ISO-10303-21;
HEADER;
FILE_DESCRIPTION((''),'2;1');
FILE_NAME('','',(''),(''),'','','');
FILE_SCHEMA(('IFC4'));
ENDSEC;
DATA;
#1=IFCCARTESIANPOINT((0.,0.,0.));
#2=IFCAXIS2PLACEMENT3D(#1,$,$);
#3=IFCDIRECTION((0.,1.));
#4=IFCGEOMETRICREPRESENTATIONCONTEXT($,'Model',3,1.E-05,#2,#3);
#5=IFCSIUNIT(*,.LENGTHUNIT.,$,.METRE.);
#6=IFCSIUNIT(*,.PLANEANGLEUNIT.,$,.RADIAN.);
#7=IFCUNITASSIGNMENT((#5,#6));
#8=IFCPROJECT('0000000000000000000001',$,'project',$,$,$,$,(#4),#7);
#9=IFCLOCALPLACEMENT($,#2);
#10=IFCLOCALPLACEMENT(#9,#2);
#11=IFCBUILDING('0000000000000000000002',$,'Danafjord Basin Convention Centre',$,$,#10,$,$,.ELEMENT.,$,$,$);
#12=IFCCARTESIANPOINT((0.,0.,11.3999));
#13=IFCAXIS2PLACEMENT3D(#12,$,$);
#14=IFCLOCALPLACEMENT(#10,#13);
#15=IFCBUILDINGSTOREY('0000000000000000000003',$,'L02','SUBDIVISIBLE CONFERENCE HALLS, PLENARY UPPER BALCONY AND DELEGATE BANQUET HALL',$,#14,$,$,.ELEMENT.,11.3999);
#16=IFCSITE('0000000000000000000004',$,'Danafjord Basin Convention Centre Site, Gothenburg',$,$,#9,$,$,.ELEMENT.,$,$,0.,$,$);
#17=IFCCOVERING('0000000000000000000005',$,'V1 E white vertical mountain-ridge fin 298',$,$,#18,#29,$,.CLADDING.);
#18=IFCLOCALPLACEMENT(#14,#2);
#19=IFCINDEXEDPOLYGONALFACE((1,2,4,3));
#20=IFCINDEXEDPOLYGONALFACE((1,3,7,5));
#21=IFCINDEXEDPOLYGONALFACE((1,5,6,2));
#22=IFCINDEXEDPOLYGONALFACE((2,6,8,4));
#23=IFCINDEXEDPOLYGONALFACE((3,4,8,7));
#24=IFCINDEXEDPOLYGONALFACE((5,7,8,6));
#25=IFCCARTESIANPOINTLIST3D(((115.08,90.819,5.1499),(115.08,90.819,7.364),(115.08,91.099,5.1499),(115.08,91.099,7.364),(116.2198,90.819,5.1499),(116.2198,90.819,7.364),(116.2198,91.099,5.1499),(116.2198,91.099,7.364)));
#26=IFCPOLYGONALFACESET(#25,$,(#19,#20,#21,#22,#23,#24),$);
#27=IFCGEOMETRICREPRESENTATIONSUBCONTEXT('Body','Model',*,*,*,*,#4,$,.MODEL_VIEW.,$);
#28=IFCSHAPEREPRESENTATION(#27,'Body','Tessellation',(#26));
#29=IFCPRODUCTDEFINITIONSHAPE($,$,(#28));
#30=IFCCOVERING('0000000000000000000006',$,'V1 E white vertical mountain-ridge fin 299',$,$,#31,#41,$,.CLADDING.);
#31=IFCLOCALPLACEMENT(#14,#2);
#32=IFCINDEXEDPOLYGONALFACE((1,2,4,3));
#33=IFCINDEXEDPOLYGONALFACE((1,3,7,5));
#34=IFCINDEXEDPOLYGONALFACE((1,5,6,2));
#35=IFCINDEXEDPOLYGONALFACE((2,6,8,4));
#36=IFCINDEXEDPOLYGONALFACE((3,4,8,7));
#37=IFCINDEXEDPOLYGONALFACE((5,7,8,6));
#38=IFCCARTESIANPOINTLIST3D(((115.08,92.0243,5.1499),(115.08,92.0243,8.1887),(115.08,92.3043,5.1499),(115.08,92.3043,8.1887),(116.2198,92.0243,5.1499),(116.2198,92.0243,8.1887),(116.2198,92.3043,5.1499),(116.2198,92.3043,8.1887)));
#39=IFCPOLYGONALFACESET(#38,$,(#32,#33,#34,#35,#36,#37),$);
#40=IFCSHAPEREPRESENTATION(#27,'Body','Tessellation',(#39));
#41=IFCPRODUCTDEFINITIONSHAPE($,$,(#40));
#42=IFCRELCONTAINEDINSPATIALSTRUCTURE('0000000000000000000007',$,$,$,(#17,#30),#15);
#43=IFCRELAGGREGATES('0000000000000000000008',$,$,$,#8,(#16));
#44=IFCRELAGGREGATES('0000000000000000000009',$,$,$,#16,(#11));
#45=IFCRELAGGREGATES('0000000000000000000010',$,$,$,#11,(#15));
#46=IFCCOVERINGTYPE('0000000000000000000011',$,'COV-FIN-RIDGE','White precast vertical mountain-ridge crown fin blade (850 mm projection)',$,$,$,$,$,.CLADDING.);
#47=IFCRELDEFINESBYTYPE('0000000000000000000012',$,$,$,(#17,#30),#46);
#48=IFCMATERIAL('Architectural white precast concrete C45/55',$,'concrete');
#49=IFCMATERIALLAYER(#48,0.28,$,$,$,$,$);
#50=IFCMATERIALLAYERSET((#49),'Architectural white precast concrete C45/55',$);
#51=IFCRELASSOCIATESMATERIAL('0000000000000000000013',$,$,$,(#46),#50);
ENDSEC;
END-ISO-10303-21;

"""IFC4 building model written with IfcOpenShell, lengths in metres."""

from ifc_helpers import new_model, si_unit, direction, frame, origin, origin_2d, place, context, subcontext, project, spatial, rectangle, extrude, material, layer, layer_set, type_object, element, save


model = new_model("IFC4")

# Units and contexts
model_context = context("Model", 3, precision=1e-05, world=origin(), true_north=direction((0.0, 1.0)))
body_context = subcontext(model_context, "Body", "Model", "MODEL_VIEW")
ifc_project = project(units=[si_unit("LENGTHUNIT", "METRE"), si_unit("PLANEANGLEUNIT", "RADIAN")], contexts=[model_context])

# Site, building, storey
site_placement = place(None, origin())
site = spatial("IfcSite", under=ifc_project, at=site_placement, Name="Danafjord Basin Convention Centre Site, Gothenburg", CompositionType="ELEMENT", RefElevation=0.0)
building_placement = place(site_placement, origin())
building = spatial("IfcBuilding", under=site, at=building_placement, Name="Danafjord Basin Convention Centre", CompositionType="ELEMENT")
storey_placement = place(building_placement, frame((0.0, 0.0, 11.3999)))
storey = spatial("IfcBuildingStorey", under=building, at=storey_placement, Name="L02", Description="SUBDIVISIBLE CONFERENCE HALLS, PLENARY UPPER BALCONY AND DELEGATE BANQUET HALL", CompositionType="ELEMENT", Elevation=11.3999)

# Coverings
ifc_material_1 = material(Name="Architectural white precast concrete C45/55", Category="concrete")
ifc_layer_1 = layer(ifc_material_1, 0.28)
ifc_layer_set_1 = layer_set([ifc_layer_1], Name="Architectural white precast concrete C45/55")
covering_type = type_object("IfcCoveringType", Name="COV-FIN-RIDGE", Description="White precast vertical mountain-ridge crown fin blade (850 mm projection)", PredefinedType="CLADDING", material=ifc_layer_set_1)
covering_1_placement = place(storey_placement, frame((115.6499, 90.959, 5.1499), z_axis=(0.0, 0.0, 1.0), x_axis=(1.0, 0.0, 0.0)))
element("IfcCovering", 1, at=covering_1_placement, inside=storey, type_object=covering_type, Name="V1 E white vertical mountain-ridge fin 298", PredefinedType="CLADDING", context=body_context, shape_type="SweptSolid", body=[
    extrude(rectangle(XDim=1.1399, YDim=0.28, at=origin_2d()), origin(), (0.0, 0.0, 1.0), 2.2141),
])
covering_2_placement = place(storey_placement, frame((115.6499, 92.1643, 5.1499), z_axis=(0.0, 0.0, 1.0), x_axis=(1.0, 0.0, 0.0)))
element("IfcCovering", 2, at=covering_2_placement, inside=storey, type_object=covering_type, Name="V1 E white vertical mountain-ridge fin 299", PredefinedType="CLADDING", context=body_context, shape_type="SweptSolid", body=[
    extrude(rectangle(XDim=1.1399, YDim=0.28, at=origin_2d()), origin(), (0.0, 0.0, 1.0), 3.0388),
])

save(model, "model.ifc")
